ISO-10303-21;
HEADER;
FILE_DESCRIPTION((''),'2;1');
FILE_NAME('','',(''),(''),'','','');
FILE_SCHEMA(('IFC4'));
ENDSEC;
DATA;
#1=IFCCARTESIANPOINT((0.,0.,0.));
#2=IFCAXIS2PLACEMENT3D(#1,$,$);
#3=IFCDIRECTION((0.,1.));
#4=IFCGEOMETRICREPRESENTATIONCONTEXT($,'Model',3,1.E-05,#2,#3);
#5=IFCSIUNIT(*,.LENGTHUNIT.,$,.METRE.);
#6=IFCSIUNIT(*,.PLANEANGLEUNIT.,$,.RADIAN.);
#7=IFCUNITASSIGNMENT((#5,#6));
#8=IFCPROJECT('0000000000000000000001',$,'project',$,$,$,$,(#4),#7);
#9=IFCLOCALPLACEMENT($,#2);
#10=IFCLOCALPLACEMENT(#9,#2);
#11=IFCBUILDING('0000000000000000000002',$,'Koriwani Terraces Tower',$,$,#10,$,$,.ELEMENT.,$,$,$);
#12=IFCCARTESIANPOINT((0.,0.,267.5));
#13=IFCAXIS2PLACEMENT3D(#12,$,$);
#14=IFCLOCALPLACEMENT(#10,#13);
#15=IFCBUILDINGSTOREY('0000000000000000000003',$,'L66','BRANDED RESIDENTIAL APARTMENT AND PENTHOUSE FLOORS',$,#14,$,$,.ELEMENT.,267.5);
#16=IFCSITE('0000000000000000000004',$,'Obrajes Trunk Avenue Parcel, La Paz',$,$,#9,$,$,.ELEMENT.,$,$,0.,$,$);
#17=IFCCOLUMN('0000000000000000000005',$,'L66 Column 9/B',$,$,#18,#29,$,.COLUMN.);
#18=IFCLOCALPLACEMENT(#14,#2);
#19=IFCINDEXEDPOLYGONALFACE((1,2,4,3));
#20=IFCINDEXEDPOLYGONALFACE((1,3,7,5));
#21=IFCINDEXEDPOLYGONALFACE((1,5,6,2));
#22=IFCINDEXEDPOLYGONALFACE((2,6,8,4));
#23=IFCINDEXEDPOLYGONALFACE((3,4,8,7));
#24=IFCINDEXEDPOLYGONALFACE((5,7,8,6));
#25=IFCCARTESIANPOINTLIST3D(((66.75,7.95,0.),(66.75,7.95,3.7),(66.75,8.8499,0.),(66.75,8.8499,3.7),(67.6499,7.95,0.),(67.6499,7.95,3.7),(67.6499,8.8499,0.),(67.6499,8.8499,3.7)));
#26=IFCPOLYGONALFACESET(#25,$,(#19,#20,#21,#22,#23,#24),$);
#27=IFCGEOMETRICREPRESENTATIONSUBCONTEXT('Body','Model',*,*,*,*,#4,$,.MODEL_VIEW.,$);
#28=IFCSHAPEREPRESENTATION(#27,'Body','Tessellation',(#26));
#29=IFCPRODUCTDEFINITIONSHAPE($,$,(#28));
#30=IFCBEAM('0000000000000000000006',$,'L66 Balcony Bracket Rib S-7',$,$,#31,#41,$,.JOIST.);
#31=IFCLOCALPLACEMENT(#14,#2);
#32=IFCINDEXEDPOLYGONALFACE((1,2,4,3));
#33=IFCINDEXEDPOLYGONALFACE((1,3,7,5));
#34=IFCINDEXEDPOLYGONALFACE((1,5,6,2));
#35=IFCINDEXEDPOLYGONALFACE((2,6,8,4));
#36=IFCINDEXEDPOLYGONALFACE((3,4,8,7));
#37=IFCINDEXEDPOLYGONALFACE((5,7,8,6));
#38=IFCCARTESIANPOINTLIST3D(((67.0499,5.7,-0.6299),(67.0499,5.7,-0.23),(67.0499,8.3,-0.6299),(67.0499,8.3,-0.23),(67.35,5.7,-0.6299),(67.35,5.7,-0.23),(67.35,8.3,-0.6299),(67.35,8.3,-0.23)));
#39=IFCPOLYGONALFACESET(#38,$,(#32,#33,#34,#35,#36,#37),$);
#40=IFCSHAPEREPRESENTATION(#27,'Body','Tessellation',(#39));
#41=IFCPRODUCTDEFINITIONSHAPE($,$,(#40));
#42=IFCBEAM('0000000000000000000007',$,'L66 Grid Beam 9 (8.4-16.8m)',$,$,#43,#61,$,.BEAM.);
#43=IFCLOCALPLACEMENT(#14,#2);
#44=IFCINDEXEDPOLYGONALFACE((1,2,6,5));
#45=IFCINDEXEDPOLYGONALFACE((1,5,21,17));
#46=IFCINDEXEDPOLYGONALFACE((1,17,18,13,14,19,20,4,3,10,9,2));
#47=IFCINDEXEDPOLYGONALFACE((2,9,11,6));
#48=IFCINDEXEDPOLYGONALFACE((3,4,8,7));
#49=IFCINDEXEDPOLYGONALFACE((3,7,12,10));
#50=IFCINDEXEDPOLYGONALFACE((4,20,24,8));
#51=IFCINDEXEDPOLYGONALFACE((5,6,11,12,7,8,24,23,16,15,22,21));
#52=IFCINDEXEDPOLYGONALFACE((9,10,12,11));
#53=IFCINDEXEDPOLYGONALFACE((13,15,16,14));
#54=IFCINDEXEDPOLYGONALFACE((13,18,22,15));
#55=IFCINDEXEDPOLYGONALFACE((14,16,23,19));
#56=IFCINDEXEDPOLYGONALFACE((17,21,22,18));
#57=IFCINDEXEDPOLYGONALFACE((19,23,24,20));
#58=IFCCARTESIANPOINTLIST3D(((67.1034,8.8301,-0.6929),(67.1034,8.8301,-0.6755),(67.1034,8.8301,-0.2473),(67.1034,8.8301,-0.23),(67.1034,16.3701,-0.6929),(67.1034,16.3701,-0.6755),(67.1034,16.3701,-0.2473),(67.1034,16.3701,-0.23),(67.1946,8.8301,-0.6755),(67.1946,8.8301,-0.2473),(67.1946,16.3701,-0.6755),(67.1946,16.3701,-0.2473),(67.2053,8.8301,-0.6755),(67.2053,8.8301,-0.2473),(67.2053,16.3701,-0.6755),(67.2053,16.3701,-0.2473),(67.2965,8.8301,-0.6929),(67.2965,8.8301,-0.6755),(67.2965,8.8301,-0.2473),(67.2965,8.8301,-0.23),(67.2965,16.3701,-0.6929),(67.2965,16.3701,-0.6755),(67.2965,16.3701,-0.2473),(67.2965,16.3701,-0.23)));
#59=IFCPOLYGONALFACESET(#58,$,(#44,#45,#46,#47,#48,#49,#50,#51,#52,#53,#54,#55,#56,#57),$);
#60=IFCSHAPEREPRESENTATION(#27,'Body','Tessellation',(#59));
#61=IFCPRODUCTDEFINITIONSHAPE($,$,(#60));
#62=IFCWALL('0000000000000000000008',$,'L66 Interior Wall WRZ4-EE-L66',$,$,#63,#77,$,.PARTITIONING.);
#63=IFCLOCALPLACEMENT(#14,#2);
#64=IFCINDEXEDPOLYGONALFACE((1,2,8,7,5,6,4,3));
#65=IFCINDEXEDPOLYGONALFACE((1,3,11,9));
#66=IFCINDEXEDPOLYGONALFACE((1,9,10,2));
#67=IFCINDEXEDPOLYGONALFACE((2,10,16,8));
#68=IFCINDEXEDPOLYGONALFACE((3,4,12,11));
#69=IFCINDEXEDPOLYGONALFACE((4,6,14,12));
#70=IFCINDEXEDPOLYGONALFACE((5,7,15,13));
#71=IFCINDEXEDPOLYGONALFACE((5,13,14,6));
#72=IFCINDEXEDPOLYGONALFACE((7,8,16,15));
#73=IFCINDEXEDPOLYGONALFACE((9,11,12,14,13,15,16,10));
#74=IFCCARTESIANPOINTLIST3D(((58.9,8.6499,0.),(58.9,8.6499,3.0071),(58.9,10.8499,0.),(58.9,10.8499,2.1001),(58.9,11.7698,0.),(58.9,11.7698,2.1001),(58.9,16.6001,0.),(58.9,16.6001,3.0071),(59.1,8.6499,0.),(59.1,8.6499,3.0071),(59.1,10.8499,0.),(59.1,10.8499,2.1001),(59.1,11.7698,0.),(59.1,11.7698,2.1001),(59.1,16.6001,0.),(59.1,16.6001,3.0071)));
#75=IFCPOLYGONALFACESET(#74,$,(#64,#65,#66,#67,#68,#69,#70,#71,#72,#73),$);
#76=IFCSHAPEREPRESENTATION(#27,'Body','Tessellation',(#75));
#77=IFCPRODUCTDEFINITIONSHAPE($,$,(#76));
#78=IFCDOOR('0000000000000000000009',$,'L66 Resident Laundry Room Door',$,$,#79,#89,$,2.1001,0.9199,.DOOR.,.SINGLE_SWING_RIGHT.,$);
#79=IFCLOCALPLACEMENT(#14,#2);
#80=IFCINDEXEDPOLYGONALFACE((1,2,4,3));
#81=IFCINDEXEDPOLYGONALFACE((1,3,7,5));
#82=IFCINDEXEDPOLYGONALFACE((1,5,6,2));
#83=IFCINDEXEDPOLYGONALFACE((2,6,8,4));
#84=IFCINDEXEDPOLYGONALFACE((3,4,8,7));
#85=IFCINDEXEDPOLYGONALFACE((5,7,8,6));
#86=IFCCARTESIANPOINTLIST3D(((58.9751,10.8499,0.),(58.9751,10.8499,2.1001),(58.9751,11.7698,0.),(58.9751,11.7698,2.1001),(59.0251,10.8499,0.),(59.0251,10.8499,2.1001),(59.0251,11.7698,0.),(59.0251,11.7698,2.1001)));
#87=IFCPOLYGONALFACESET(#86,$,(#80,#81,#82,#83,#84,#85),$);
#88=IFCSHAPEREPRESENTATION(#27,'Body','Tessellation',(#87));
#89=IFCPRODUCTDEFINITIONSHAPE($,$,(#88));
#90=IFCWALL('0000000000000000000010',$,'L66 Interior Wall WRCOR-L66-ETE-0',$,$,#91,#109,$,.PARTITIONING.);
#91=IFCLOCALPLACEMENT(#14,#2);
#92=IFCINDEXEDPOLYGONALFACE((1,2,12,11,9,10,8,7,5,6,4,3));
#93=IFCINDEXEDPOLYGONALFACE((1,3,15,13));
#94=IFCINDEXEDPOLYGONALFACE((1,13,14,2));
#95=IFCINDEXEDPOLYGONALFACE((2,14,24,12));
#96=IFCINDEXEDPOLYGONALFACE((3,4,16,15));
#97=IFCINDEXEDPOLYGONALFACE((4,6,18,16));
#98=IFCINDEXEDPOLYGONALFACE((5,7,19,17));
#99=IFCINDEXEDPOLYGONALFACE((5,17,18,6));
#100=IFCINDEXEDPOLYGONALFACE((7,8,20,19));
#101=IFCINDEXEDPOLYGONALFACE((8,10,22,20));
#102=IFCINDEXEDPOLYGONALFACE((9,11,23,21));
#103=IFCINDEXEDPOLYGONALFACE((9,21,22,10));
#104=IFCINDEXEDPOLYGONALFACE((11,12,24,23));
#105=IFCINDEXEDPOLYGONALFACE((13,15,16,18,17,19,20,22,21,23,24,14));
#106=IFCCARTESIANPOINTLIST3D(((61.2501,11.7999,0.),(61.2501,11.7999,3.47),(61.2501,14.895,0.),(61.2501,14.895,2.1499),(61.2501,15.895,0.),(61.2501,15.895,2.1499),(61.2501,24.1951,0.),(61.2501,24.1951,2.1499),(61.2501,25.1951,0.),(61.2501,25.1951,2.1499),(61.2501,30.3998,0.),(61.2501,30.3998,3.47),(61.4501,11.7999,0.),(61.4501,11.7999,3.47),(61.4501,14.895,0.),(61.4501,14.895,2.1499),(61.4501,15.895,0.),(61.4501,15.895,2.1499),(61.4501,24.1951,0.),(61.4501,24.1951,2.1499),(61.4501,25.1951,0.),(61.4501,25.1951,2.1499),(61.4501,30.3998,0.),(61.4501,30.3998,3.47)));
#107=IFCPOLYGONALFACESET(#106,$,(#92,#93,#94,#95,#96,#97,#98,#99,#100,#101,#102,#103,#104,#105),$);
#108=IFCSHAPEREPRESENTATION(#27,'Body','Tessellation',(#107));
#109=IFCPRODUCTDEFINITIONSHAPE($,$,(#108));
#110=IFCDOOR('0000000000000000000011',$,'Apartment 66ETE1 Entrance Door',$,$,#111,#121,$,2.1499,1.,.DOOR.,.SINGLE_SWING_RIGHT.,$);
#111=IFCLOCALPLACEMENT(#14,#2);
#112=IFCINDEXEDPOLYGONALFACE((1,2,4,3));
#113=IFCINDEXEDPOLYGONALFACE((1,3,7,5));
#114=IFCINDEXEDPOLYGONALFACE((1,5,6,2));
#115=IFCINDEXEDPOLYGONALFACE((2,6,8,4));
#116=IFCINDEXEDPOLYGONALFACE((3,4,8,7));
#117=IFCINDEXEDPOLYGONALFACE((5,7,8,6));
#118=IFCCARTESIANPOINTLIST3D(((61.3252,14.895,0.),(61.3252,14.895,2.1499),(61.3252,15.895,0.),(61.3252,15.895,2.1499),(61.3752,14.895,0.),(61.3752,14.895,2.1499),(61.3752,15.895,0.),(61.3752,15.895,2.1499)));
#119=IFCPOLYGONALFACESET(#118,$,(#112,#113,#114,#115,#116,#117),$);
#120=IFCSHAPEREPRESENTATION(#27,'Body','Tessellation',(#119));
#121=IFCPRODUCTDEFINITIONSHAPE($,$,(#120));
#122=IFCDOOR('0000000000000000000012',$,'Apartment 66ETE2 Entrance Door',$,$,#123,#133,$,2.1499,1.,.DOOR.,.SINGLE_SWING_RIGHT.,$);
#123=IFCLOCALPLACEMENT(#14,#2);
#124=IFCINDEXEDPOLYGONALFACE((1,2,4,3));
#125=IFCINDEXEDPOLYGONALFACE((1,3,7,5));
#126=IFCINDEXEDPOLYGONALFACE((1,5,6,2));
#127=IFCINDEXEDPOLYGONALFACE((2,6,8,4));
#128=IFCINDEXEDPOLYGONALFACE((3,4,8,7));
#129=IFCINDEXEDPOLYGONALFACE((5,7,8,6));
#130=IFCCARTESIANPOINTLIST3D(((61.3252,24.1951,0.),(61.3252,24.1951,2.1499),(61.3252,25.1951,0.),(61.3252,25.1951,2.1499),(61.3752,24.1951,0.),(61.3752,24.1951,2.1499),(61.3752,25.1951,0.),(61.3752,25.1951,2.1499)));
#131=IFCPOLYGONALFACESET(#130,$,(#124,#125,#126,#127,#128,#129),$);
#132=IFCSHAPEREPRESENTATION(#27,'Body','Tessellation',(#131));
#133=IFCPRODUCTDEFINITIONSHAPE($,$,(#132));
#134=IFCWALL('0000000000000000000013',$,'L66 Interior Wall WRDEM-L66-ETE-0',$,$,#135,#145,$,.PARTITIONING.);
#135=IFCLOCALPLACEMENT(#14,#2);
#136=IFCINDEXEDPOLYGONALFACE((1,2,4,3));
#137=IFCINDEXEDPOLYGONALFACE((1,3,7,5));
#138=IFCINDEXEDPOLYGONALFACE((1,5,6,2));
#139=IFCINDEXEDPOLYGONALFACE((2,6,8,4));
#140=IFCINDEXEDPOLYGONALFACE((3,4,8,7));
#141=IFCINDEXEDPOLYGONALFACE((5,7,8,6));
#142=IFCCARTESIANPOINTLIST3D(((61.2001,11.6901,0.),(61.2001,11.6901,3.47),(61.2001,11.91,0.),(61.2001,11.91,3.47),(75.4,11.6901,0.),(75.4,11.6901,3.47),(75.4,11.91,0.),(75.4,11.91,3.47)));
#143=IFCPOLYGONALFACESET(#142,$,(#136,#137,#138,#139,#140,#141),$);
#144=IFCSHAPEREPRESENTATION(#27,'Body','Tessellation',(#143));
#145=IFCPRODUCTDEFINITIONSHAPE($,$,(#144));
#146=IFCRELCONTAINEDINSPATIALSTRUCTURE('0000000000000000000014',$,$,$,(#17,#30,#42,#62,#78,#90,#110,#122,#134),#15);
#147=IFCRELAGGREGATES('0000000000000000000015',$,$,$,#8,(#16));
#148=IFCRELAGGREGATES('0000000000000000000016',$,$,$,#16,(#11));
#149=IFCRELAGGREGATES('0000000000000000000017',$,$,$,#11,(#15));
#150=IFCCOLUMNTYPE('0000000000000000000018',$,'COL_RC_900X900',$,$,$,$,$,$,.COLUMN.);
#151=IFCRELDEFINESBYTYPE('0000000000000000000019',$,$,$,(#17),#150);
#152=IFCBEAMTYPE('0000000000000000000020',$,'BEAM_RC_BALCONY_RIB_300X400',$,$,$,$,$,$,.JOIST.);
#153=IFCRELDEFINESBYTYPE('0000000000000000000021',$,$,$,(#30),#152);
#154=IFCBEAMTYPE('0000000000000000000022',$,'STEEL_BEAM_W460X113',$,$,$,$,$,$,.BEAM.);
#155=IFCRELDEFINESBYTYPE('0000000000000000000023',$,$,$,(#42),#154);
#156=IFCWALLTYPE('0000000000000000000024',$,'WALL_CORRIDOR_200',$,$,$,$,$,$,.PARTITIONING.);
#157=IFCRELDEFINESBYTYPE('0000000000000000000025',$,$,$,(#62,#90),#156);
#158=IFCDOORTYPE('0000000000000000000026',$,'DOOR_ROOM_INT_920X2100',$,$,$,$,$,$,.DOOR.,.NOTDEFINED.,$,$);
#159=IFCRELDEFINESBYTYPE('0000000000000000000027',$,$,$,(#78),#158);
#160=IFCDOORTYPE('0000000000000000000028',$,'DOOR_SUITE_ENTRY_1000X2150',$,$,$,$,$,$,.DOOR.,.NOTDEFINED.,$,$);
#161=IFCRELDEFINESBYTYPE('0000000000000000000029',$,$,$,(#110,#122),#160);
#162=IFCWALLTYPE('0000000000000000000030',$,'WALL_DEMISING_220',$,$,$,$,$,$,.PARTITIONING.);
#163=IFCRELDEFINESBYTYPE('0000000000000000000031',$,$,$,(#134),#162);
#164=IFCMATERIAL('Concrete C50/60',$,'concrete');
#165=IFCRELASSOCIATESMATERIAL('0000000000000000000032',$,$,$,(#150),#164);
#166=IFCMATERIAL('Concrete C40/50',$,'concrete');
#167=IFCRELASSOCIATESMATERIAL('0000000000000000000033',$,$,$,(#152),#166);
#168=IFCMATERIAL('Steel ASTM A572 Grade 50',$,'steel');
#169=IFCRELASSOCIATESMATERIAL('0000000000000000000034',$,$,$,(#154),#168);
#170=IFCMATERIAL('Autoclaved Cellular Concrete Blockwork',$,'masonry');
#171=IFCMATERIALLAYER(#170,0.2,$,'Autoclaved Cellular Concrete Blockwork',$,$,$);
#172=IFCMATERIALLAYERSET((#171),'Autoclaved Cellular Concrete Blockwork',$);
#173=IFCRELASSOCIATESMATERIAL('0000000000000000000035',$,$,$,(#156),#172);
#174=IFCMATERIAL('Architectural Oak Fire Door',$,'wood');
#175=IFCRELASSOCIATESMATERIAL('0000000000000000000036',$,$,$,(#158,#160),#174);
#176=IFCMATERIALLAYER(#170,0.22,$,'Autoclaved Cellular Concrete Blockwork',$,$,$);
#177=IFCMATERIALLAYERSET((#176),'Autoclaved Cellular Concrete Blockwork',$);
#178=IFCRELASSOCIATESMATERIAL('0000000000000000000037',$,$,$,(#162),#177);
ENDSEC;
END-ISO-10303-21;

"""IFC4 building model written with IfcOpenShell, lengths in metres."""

from ifc_helpers import new_model, si_unit, direction, frame, frame_2d, origin, origin_2d, place, context, subcontext, project, spatial, rectangle, i_section, extrude, material, layer, layer_set, material_profile, profile_set, type_object, element, fill, save


model = new_model("IFC4")

# Units and contexts
model_context = context("Model", 3, precision=1e-05, world=origin(), true_north=direction((0.0, 1.0)))
body_context = subcontext(model_context, "Body", "Model", "MODEL_VIEW")
ifc_project = project(units=[si_unit("LENGTHUNIT", "METRE"), si_unit("PLANEANGLEUNIT", "RADIAN")], contexts=[model_context])

# Site, building, storey
site_placement = place(None, origin())
site = spatial("IfcSite", under=ifc_project, at=site_placement, Name="Obrajes Trunk Avenue Parcel, La Paz", CompositionType="ELEMENT", RefElevation=0.0)
building_placement = place(site_placement, origin())
building = spatial("IfcBuilding", under=site, at=building_placement, Name="Koriwani Terraces Tower", CompositionType="ELEMENT")
storey_placement = place(building_placement, frame((0.0, 0.0, 267.5)))
storey = spatial("IfcBuildingStorey", under=building, at=storey_placement, Name="L66", Description="BRANDED RESIDENTIAL APARTMENT AND PENTHOUSE FLOORS", CompositionType="ELEMENT", Elevation=267.5)

# Column
ifc_material_1 = material(Name="Concrete C50/60", Category="concrete")
ifc_material_profile_1 = material_profile(ifc_material_1, rectangle(XDim=0.8999, YDim=0.8999, at=origin_2d()), Name="Concrete C50/60", Category="LoadBearing")
ifc_profile_set_1 = profile_set([ifc_material_profile_1], Name="Concrete C50/60")
column_type = type_object("IfcColumnType", Name="COL_RC_900X900", PredefinedType="COLUMN", material=ifc_profile_set_1)
column_placement = place(storey_placement, frame((67.2, 8.3999, 0.0), z_axis=(0.0, 0.0, 1.0), x_axis=(1.0, 0.0, 0.0)))
element("IfcColumn", 1, at=column_placement, inside=storey, type_object=column_type, Name="L66 Column 9/B", PredefinedType="COLUMN", context=body_context, shape_type="SweptSolid", body=[
    extrude(rectangle(XDim=0.8999, YDim=0.8999, at=origin_2d()), origin(), (0.0, 0.0, 1.0), 3.7),
])

# Beams
ifc_material_2 = material(Name="Concrete C40/50", Category="concrete")
ifc_material_profile_2 = material_profile(ifc_material_2, rectangle(XDim=0.3, YDim=0.3999, at=origin_2d()), Name="Concrete C40/50", Category="LoadBearing")
ifc_profile_set_2 = profile_set([ifc_material_profile_2], Name="Concrete C40/50")
beam_type_1 = type_object("IfcBeamType", Name="BEAM_RC_BALCONY_RIB_300X400", PredefinedType="JOIST", material=ifc_profile_set_2)
beam_1_placement = place(storey_placement, frame((67.2, 5.7, -0.4299), z_axis=(0.0, 1.0, 0.0), x_axis=(-1.0, 0.0, 0.0)))
element("IfcBeam", 2, at=beam_1_placement, inside=storey, type_object=beam_type_1, Name="L66 Balcony Bracket Rib S-7", PredefinedType="JOIST", context=body_context, shape_type="SweptSolid", body=[
    extrude(rectangle(XDim=0.3, YDim=0.3999, at=origin_2d()), origin(), (0.0, 0.0, 1.0), 2.6001),
])
ifc_material_3 = material(Name="Steel ASTM A572 Grade 50", Category="steel")
ifc_material_profile_3 = material_profile(ifc_material_3, i_section(OverallWidth=0.1931, OverallDepth=0.4629, WebThickness=0.0107, FlangeThickness=0.0173, at=origin_2d()), Name="Steel ASTM A572 Grade 50", Category="LoadBearing")
ifc_profile_set_3 = profile_set([ifc_material_profile_3], Name="Steel ASTM A572 Grade 50")
beam_type_2 = type_object("IfcBeamType", Name="STEEL_BEAM_W460X113", PredefinedType="BEAM", material=ifc_profile_set_3)
beam_2_placement = place(storey_placement, frame((67.2, 8.8301, -0.4614), z_axis=(0.0, 1.0, 0.0), x_axis=(-1.0, 0.0, 0.0)))
element("IfcBeam", 3, at=beam_2_placement, inside=storey, type_object=beam_type_2, Name="L66 Grid Beam 9 (8.4-16.8m)", PredefinedType="BEAM", context=body_context, shape_type="SweptSolid", body=[
    extrude(i_section(OverallWidth=0.1931, OverallDepth=0.4629, WebThickness=0.0107, FlangeThickness=0.0173, at=origin_2d()), origin(), (0.0, 0.0, 1.0), 7.54),
])

# Wall, opening, door
ifc_material_4 = material(Name="Autoclaved Cellular Concrete Blockwork", Category="masonry")
ifc_layer_1 = layer(ifc_material_4, 0.2, Name="Autoclaved Cellular Concrete Blockwork")
ifc_layer_set_1 = layer_set([ifc_layer_1], Name="Autoclaved Cellular Concrete Blockwork")
wall_type_1 = type_object("IfcWallType", Name="WALL_CORRIDOR_200", PredefinedType="PARTITIONING", material=ifc_layer_set_1)
wall_1_placement = place(storey_placement, frame((59.0, 8.6499, 0.0), z_axis=(0.0, 0.0, 1.0), x_axis=(0.0, 1.0, 0.0)))
wall_1 = element("IfcWall", 4, at=wall_1_placement, inside=storey, type_object=wall_type_1, Name="L66 Interior Wall WRZ4-EE-L66", PredefinedType="PARTITIONING", context=body_context, shape_type="SweptSolid", body=[
    extrude(rectangle(XDim=7.9502, YDim=0.2, at=frame_2d((3.9751, 0.0))), origin(), (0.0, 0.0, 1.0), 3.0071),
])
opening_1_placement = place(wall_1_placement, frame((2.2, 0.0, 0.0)))
opening_1 = element("IfcOpeningElement", 5, at=opening_1_placement, cuts=wall_1, PredefinedType="OPENING", context=body_context, shape_type="SweptSolid", body=[
    extrude(rectangle(XDim=0.9199, YDim=2.1001, at=frame_2d((0.46, 1.05))), frame((0.0, 0.1099, 0.0), z_axis=(0.0, -1.0, 0.0), x_axis=(1.0, 0.0, 0.0)), (0.0, 0.0, 1.0), 0.22),
])
ifc_material_5 = material(Name="Architectural Oak Fire Door", Category="wood")
door_type_1 = type_object("IfcDoorType", Name="DOOR_ROOM_INT_920X2100", OperationType="NOTDEFINED", PredefinedType="DOOR", material=ifc_material_5)
door_1_placement = place(opening_1_placement, origin())
door_1 = element("IfcDoor", 6, at=door_1_placement, inside=storey, type_object=door_type_1, Name="L66 Resident Laundry Room Door", OperationType="SINGLE_SWING_RIGHT", OverallHeight=2.1001, OverallWidth=0.9199, PredefinedType="DOOR", context=body_context, shape_type="SweptSolid", body=[
    extrude(rectangle(XDim=0.9199, YDim=2.1001, at=frame_2d((0.46, 1.05))), frame((0.0, 0.0249, 0.0), z_axis=(0.0, -1.0, 0.0), x_axis=(1.0, 0.0, 0.0)), (0.0, 0.0, 1.0), 0.05),
])
fill(opening_1, door_1)

# Wall, openings, doors
wall_2_placement = place(storey_placement, frame((61.3501, 11.8, 0.0), z_axis=(0.0, 0.0, 1.0), x_axis=(0.0, 1.0, 0.0)))
wall_2 = element("IfcWall", 7, at=wall_2_placement, inside=storey, type_object=wall_type_1, Name="L66 Interior Wall WRCOR-L66-ETE-0", PredefinedType="PARTITIONING", context=body_context, shape_type="SweptSolid", body=[
    extrude(rectangle(XDim=18.5999, YDim=0.2, at=frame_2d((9.2998, 0.0))), origin(), (0.0, 0.0, 1.0), 3.47),
])
opening_2_placement = place(wall_2_placement, frame((3.095, 0.0, 0.0)))
opening_2 = element("IfcOpeningElement", 8, at=opening_2_placement, cuts=wall_2, PredefinedType="OPENING", context=body_context, shape_type="SweptSolid", body=[
    extrude(rectangle(XDim=1.0, YDim=2.1499, at=frame_2d((0.5, 1.075))), frame((0.0, 0.1099, 0.0), z_axis=(0.0, -1.0, 0.0), x_axis=(1.0, 0.0, 0.0)), (0.0, 0.0, 1.0), 0.22),
])
opening_3_placement = place(wall_2_placement, frame((12.395, 0.0, 0.0)))
opening_3 = element("IfcOpeningElement", 9, at=opening_3_placement, cuts=wall_2, PredefinedType="OPENING", context=body_context, shape_type="SweptSolid", body=[
    extrude(rectangle(XDim=1.0, YDim=2.1499, at=frame_2d((0.5, 1.075))), frame((0.0, 0.1099, 0.0), z_axis=(0.0, -1.0, 0.0), x_axis=(1.0, 0.0, 0.0)), (0.0, 0.0, 1.0), 0.22),
])
door_type_2 = type_object("IfcDoorType", Name="DOOR_SUITE_ENTRY_1000X2150", OperationType="NOTDEFINED", PredefinedType="DOOR", material=ifc_material_5)
door_2_placement = place(opening_2_placement, origin())
door_2 = element("IfcDoor", 10, at=door_2_placement, inside=storey, type_object=door_type_2, Name="Apartment 66ETE1 Entrance Door", OperationType="SINGLE_SWING_RIGHT", OverallHeight=2.1499, OverallWidth=1.0, PredefinedType="DOOR", context=body_context, shape_type="SweptSolid", body=[
    extrude(rectangle(XDim=1.0, YDim=2.1499, at=frame_2d((0.5, 1.075))), frame((0.0, 0.0249, 0.0), z_axis=(0.0, -1.0, 0.0), x_axis=(1.0, 0.0, 0.0)), (0.0, 0.0, 1.0), 0.05),
])
fill(opening_2, door_2)
door_3_placement = place(opening_3_placement, origin())
door_3 = element("IfcDoor", 11, at=door_3_placement, inside=storey, type_object=door_type_2, Name="Apartment 66ETE2 Entrance Door", OperationType="SINGLE_SWING_RIGHT", OverallHeight=2.1499, OverallWidth=1.0, PredefinedType="DOOR", context=body_context, shape_type="SweptSolid", body=[
    extrude(rectangle(XDim=1.0, YDim=2.1499, at=frame_2d((0.5, 1.075))), frame((0.0, 0.0249, 0.0), z_axis=(0.0, -1.0, 0.0), x_axis=(1.0, 0.0, 0.0)), (0.0, 0.0, 1.0), 0.05),
])
fill(opening_3, door_3)

# Wall
ifc_layer_2 = layer(ifc_material_4, 0.22, Name="Autoclaved Cellular Concrete Blockwork")
ifc_layer_set_2 = layer_set([ifc_layer_2], Name="Autoclaved Cellular Concrete Blockwork")
wall_type_2 = type_object("IfcWallType", Name="WALL_DEMISING_220", PredefinedType="PARTITIONING", material=ifc_layer_set_2)
wall_3_placement = place(storey_placement, frame((61.2, 11.8, 0.0), z_axis=(0.0, 0.0, 1.0), x_axis=(1.0, 0.0, 0.0)))
element("IfcWall", 12, at=wall_3_placement, inside=storey, type_object=wall_type_2, Name="L66 Interior Wall WRDEM-L66-ETE-0", PredefinedType="PARTITIONING", context=body_context, shape_type="SweptSolid", body=[
    extrude(rectangle(XDim=14.2, YDim=0.22, at=frame_2d((7.1001, 0.0))), origin(), (0.0, 0.0, 1.0), 3.47),
])

save(model, "model.ifc")
